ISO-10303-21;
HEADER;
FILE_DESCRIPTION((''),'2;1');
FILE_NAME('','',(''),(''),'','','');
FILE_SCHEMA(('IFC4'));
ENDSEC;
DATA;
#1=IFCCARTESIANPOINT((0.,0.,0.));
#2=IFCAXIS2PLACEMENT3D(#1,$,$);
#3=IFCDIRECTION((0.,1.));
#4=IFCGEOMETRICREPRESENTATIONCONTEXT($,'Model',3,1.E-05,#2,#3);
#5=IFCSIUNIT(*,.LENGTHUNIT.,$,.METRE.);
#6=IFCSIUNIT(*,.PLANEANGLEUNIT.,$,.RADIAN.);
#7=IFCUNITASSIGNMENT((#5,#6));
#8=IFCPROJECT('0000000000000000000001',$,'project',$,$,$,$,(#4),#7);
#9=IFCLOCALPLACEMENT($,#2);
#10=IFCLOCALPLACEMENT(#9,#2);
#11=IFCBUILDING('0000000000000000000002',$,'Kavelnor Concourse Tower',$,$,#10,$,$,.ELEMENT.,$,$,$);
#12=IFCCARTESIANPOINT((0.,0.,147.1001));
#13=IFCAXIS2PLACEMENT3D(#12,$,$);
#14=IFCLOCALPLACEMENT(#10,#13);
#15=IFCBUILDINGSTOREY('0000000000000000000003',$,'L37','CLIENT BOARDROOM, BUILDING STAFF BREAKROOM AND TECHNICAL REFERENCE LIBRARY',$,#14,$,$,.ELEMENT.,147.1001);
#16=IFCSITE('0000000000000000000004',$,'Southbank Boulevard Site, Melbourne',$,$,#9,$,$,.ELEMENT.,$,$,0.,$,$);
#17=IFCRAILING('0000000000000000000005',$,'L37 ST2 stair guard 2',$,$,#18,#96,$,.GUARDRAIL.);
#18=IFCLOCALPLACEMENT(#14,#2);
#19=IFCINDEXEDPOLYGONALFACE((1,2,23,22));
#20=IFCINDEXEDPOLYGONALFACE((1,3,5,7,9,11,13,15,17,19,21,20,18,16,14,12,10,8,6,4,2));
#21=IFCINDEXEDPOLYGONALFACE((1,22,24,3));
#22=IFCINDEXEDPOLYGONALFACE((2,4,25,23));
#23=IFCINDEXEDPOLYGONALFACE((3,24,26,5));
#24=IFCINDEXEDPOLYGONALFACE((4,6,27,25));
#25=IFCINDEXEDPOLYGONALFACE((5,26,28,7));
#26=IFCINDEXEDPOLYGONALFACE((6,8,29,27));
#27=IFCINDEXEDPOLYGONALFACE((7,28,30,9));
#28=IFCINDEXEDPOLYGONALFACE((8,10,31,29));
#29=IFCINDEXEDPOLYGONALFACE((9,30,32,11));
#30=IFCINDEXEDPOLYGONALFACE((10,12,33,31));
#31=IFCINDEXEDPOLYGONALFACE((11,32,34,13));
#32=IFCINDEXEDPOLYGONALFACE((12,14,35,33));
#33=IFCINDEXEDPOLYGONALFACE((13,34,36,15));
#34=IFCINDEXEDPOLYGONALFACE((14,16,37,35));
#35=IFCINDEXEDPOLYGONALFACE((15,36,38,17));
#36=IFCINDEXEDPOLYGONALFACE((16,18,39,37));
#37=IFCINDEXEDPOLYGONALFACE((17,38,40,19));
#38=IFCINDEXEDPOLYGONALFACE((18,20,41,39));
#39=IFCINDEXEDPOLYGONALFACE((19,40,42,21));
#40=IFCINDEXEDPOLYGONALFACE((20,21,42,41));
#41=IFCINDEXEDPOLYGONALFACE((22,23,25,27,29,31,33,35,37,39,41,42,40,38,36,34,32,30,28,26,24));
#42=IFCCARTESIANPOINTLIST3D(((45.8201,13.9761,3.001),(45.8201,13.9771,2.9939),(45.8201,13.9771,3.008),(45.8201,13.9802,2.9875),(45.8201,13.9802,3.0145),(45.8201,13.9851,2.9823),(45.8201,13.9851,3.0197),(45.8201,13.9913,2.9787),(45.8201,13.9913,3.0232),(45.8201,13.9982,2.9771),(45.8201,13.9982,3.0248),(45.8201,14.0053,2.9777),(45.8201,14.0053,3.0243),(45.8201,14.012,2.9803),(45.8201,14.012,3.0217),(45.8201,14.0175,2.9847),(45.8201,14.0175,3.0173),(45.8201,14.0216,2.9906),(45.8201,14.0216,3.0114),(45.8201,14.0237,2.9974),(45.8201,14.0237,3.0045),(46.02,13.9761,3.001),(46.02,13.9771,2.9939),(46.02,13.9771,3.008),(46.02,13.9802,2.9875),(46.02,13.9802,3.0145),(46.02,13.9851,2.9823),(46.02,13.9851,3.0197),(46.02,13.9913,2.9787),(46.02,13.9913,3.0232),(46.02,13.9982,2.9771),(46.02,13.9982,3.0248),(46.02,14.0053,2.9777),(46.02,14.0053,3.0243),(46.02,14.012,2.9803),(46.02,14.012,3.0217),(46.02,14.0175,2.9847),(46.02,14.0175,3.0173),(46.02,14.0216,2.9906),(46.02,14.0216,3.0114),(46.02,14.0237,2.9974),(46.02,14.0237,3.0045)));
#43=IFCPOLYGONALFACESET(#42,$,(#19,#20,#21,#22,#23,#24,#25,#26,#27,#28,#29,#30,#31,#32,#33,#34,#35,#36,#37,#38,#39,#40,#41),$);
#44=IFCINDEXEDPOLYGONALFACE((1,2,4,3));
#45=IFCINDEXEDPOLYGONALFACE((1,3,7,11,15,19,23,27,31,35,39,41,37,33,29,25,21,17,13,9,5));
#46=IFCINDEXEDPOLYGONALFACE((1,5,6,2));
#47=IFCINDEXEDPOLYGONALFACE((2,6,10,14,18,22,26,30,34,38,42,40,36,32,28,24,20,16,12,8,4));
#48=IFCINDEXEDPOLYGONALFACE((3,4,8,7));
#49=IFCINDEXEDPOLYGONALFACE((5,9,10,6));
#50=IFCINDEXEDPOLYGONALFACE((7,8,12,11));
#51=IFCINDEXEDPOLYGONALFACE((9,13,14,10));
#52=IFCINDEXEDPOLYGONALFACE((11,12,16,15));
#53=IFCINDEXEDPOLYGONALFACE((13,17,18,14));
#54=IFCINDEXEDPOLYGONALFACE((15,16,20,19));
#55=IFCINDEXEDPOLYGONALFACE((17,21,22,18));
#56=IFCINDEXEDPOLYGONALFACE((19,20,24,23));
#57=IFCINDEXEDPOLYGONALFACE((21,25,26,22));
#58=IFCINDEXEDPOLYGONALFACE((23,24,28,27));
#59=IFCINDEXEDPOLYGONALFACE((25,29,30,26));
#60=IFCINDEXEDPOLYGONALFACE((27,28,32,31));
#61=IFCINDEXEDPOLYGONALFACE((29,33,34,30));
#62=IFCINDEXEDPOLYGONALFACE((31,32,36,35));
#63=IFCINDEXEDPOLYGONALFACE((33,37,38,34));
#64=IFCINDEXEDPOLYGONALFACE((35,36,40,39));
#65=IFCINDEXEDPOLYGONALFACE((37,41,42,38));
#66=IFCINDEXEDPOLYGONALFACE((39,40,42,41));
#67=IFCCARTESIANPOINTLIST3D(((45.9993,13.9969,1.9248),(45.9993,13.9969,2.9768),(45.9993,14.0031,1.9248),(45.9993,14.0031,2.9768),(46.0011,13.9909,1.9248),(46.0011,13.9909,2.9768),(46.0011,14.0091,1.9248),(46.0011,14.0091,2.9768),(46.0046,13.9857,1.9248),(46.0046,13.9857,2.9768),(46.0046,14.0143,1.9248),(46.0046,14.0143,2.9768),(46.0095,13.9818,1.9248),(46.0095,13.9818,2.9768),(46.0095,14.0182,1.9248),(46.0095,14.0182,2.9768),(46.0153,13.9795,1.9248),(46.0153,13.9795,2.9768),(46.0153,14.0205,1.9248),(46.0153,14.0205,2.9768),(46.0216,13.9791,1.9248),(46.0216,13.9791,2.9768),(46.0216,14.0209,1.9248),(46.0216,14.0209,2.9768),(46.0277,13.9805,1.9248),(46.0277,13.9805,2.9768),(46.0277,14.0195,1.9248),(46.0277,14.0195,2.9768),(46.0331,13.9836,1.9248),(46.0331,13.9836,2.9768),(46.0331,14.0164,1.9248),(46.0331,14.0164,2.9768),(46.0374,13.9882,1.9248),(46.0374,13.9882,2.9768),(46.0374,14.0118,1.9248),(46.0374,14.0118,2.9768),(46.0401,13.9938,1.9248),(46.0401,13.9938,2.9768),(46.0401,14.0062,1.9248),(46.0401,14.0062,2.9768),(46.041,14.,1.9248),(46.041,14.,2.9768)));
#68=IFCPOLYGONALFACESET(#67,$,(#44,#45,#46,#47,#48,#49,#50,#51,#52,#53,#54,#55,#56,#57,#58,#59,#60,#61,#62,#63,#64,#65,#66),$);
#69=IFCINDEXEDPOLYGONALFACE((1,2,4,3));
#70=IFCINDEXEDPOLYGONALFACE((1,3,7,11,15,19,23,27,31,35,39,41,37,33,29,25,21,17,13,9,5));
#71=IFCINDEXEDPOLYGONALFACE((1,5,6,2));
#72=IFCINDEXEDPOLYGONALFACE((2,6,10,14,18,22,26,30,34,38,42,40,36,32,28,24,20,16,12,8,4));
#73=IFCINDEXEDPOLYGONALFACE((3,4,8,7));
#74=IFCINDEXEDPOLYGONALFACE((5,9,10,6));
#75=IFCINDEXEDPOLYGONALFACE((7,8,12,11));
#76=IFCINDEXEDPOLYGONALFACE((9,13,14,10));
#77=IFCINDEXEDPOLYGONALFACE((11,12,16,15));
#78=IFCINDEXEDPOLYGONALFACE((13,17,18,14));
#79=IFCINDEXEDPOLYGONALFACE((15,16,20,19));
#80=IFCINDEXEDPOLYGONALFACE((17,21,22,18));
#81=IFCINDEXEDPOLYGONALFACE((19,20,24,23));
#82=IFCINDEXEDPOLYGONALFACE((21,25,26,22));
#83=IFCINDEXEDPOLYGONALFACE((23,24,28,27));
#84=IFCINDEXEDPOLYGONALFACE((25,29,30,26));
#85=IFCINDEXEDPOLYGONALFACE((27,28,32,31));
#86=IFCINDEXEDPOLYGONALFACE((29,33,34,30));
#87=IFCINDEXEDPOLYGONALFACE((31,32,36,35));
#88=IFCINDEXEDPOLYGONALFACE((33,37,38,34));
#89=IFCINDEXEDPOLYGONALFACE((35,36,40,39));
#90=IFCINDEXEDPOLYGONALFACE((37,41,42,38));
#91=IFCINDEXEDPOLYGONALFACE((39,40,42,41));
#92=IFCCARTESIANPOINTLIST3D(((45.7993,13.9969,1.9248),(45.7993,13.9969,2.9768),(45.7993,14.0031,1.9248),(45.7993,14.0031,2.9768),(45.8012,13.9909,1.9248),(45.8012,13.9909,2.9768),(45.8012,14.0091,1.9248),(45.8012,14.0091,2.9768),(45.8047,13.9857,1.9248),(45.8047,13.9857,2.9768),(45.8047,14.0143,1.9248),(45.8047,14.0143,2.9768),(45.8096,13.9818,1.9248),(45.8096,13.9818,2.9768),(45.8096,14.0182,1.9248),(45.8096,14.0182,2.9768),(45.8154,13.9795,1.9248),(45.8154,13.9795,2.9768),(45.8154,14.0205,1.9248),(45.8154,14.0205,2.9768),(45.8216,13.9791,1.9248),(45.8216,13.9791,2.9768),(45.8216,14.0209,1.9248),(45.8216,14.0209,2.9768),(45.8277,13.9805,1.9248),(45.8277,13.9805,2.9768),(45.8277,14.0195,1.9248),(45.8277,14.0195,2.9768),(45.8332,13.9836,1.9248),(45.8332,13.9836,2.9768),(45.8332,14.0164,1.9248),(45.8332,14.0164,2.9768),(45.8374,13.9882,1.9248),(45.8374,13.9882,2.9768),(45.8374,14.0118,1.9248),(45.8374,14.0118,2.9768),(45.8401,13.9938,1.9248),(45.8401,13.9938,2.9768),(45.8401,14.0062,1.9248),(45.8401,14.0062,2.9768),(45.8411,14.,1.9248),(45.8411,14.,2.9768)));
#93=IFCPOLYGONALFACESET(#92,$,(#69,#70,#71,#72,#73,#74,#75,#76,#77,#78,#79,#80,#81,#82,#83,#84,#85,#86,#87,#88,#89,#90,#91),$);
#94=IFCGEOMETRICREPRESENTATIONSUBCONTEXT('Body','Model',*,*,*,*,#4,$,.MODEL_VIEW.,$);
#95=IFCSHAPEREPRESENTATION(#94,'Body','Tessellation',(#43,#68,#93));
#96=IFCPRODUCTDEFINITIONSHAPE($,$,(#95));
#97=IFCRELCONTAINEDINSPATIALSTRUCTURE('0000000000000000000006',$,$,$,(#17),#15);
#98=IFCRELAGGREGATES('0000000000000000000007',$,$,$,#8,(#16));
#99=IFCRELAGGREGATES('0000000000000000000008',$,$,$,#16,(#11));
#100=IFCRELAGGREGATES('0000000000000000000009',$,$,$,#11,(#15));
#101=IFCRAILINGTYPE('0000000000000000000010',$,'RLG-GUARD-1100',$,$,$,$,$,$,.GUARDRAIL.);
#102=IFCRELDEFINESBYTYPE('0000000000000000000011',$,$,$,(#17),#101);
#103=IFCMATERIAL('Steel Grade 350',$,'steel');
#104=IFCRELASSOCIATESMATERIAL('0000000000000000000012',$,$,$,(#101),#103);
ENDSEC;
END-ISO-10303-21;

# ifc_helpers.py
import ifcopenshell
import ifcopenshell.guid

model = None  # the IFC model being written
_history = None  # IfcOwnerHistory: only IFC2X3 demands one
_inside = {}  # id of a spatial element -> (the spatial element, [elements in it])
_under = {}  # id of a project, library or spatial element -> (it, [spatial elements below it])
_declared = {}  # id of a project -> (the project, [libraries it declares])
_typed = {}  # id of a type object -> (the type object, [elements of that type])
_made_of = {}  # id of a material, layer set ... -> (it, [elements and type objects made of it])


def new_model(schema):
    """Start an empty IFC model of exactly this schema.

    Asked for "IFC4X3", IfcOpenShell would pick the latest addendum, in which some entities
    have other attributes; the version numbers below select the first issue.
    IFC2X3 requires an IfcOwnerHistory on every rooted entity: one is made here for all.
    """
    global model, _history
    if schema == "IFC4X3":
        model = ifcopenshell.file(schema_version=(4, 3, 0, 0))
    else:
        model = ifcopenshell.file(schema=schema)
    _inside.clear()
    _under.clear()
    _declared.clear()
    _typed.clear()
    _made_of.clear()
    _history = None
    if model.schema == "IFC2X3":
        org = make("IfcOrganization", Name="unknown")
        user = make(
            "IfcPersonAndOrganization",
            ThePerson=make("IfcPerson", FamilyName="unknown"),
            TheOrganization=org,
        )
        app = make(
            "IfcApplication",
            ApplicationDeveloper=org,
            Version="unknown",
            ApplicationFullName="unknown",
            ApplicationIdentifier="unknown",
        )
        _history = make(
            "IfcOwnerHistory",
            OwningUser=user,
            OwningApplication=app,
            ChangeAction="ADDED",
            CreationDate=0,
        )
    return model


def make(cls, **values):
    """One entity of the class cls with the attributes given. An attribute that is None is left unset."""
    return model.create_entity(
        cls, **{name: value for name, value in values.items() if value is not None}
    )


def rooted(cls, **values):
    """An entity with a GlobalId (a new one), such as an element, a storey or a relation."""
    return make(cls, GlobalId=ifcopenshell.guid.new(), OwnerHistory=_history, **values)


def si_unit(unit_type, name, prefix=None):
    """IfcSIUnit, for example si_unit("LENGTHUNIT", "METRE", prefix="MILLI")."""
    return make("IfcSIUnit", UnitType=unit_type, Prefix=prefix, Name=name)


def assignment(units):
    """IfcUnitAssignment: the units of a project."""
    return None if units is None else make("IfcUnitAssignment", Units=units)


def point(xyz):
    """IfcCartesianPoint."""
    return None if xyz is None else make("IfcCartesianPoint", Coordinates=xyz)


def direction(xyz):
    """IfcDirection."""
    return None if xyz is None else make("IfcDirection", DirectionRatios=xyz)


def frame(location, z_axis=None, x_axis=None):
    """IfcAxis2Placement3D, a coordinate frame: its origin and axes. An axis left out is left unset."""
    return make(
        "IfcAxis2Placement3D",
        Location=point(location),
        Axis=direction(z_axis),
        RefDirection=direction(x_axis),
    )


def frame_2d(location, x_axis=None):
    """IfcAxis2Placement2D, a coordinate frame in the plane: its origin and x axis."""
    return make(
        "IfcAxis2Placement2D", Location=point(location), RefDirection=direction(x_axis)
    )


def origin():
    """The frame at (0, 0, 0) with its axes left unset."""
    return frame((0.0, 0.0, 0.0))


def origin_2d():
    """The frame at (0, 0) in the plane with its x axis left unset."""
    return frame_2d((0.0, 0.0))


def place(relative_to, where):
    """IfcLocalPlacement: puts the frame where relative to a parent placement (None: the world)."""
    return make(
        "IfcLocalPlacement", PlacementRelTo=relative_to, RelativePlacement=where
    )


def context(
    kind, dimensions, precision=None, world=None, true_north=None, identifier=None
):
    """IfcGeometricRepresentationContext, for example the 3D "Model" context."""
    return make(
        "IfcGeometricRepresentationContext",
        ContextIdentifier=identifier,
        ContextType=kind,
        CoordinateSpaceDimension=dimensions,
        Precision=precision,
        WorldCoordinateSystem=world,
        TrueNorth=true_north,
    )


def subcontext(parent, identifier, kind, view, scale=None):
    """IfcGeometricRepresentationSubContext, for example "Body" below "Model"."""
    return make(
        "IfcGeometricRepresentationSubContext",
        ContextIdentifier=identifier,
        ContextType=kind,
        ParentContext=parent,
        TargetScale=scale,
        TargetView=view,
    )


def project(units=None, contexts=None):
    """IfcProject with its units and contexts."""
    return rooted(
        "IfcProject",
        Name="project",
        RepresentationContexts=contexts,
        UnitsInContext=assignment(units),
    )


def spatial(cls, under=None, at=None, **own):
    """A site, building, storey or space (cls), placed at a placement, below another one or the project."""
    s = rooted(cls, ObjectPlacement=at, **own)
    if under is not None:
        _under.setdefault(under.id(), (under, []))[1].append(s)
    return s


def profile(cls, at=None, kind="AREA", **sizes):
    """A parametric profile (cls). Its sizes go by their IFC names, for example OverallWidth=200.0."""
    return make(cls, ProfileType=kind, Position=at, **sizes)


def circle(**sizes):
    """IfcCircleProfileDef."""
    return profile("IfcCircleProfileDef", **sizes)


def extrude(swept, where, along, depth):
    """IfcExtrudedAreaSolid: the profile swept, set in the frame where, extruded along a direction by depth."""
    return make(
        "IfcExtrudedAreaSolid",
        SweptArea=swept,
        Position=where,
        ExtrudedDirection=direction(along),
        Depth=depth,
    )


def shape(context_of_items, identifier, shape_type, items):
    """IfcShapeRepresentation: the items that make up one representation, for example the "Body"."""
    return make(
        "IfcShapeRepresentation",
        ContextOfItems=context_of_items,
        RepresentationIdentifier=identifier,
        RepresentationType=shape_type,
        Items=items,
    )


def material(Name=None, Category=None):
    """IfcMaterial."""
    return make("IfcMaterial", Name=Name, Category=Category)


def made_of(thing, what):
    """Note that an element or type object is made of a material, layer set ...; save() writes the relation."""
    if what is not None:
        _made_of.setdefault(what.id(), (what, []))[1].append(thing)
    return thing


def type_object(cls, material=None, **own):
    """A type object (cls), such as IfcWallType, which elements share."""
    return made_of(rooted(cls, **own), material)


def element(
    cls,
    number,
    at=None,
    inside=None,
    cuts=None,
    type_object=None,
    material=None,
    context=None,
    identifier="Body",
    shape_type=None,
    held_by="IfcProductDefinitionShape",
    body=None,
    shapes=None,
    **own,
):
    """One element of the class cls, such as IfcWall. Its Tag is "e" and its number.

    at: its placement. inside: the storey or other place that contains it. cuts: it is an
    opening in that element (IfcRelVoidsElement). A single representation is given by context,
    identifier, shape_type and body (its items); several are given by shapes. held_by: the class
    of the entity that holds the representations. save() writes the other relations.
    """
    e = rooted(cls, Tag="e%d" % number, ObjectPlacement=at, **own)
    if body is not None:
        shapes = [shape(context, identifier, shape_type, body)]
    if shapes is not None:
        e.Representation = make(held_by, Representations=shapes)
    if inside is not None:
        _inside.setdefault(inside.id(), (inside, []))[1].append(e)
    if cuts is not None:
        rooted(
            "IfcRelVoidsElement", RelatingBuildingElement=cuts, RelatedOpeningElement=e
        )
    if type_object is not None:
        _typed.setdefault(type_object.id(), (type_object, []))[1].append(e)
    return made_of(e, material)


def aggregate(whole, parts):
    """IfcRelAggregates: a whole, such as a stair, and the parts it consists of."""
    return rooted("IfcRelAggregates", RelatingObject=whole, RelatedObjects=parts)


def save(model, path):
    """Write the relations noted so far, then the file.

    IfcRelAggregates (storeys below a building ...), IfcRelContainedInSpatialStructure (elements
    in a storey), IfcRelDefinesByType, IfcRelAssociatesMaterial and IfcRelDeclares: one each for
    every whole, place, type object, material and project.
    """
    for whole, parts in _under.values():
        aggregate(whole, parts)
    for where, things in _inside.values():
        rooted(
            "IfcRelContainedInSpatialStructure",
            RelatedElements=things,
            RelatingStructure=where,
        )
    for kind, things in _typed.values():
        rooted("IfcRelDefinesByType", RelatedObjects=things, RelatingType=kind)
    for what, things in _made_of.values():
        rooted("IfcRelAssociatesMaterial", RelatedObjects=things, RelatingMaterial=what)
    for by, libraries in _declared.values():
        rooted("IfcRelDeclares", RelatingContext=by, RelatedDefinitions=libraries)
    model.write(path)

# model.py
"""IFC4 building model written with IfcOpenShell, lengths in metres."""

from ifc_helpers import new_model, si_unit, direction, frame, origin, origin_2d, place, context, subcontext, project, spatial, circle, extrude, material, type_object, element, save


model = new_model("IFC4")

# Units and contexts
model_context = context("Model", 3, precision=1e-05, world=origin(), true_north=direction((0.0, 1.0)))
body_context = subcontext(model_context, "Body", "Model", "MODEL_VIEW")
ifc_project = project(units=[si_unit("LENGTHUNIT", "METRE"), si_unit("PLANEANGLEUNIT", "RADIAN")], contexts=[model_context])

# Site, building, storey
site_placement = place(None, origin())
site = spatial("IfcSite", under=ifc_project, at=site_placement, Name="Southbank Boulevard Site, Melbourne", CompositionType="ELEMENT", RefElevation=0.0)
building_placement = place(site_placement, origin())
building = spatial("IfcBuilding", under=site, at=building_placement, Name="Kavelnor Concourse Tower", CompositionType="ELEMENT")
storey_placement = place(building_placement, frame((0.0, 0.0, 147.1001)))
storey = spatial("IfcBuildingStorey", under=building, at=storey_placement, Name="L37", Description="CLIENT BOARDROOM, BUILDING STAFF BREAKROOM AND TECHNICAL REFERENCE LIBRARY", CompositionType="ELEMENT", Elevation=147.1001)

# Shared definitions
ifc_material_1 = material(Name="Steel Grade 350", Category="steel")

# Railing
railing_type_1 = type_object("IfcRailingType", Name="RLG-GUARD-1100", PredefinedType="GUARDRAIL", material=ifc_material_1)
railing_1_placement = place(storey_placement, frame((46.02, 14.0, 1.9248)))
element("IfcRailing", 1, at=railing_1_placement, inside=storey, type_object=railing_type_1, Name="L37 ST2 stair guard 2", PredefinedType="GUARDRAIL", context=body_context, shape_type="SweptSolid", body=[
    extrude(circle(Radius=0.0239, at=origin_2d()), frame((0.0, 0.0, 1.0762), z_axis=(-1.0, 0.0, 0.0), x_axis=(0.0, -1.0, 0.0)), (0.0, 0.0, 1.0), 0.2),
    extrude(circle(Radius=0.021, at=origin_2d()), origin(), (0.0, 0.0, 1.0), 1.052),
    extrude(circle(Radius=0.021, at=origin_2d()), frame((-0.2, 0.0, 0.0)), (0.0, 0.0, 1.0), 1.052),
])

save(model, "model.ifc")
